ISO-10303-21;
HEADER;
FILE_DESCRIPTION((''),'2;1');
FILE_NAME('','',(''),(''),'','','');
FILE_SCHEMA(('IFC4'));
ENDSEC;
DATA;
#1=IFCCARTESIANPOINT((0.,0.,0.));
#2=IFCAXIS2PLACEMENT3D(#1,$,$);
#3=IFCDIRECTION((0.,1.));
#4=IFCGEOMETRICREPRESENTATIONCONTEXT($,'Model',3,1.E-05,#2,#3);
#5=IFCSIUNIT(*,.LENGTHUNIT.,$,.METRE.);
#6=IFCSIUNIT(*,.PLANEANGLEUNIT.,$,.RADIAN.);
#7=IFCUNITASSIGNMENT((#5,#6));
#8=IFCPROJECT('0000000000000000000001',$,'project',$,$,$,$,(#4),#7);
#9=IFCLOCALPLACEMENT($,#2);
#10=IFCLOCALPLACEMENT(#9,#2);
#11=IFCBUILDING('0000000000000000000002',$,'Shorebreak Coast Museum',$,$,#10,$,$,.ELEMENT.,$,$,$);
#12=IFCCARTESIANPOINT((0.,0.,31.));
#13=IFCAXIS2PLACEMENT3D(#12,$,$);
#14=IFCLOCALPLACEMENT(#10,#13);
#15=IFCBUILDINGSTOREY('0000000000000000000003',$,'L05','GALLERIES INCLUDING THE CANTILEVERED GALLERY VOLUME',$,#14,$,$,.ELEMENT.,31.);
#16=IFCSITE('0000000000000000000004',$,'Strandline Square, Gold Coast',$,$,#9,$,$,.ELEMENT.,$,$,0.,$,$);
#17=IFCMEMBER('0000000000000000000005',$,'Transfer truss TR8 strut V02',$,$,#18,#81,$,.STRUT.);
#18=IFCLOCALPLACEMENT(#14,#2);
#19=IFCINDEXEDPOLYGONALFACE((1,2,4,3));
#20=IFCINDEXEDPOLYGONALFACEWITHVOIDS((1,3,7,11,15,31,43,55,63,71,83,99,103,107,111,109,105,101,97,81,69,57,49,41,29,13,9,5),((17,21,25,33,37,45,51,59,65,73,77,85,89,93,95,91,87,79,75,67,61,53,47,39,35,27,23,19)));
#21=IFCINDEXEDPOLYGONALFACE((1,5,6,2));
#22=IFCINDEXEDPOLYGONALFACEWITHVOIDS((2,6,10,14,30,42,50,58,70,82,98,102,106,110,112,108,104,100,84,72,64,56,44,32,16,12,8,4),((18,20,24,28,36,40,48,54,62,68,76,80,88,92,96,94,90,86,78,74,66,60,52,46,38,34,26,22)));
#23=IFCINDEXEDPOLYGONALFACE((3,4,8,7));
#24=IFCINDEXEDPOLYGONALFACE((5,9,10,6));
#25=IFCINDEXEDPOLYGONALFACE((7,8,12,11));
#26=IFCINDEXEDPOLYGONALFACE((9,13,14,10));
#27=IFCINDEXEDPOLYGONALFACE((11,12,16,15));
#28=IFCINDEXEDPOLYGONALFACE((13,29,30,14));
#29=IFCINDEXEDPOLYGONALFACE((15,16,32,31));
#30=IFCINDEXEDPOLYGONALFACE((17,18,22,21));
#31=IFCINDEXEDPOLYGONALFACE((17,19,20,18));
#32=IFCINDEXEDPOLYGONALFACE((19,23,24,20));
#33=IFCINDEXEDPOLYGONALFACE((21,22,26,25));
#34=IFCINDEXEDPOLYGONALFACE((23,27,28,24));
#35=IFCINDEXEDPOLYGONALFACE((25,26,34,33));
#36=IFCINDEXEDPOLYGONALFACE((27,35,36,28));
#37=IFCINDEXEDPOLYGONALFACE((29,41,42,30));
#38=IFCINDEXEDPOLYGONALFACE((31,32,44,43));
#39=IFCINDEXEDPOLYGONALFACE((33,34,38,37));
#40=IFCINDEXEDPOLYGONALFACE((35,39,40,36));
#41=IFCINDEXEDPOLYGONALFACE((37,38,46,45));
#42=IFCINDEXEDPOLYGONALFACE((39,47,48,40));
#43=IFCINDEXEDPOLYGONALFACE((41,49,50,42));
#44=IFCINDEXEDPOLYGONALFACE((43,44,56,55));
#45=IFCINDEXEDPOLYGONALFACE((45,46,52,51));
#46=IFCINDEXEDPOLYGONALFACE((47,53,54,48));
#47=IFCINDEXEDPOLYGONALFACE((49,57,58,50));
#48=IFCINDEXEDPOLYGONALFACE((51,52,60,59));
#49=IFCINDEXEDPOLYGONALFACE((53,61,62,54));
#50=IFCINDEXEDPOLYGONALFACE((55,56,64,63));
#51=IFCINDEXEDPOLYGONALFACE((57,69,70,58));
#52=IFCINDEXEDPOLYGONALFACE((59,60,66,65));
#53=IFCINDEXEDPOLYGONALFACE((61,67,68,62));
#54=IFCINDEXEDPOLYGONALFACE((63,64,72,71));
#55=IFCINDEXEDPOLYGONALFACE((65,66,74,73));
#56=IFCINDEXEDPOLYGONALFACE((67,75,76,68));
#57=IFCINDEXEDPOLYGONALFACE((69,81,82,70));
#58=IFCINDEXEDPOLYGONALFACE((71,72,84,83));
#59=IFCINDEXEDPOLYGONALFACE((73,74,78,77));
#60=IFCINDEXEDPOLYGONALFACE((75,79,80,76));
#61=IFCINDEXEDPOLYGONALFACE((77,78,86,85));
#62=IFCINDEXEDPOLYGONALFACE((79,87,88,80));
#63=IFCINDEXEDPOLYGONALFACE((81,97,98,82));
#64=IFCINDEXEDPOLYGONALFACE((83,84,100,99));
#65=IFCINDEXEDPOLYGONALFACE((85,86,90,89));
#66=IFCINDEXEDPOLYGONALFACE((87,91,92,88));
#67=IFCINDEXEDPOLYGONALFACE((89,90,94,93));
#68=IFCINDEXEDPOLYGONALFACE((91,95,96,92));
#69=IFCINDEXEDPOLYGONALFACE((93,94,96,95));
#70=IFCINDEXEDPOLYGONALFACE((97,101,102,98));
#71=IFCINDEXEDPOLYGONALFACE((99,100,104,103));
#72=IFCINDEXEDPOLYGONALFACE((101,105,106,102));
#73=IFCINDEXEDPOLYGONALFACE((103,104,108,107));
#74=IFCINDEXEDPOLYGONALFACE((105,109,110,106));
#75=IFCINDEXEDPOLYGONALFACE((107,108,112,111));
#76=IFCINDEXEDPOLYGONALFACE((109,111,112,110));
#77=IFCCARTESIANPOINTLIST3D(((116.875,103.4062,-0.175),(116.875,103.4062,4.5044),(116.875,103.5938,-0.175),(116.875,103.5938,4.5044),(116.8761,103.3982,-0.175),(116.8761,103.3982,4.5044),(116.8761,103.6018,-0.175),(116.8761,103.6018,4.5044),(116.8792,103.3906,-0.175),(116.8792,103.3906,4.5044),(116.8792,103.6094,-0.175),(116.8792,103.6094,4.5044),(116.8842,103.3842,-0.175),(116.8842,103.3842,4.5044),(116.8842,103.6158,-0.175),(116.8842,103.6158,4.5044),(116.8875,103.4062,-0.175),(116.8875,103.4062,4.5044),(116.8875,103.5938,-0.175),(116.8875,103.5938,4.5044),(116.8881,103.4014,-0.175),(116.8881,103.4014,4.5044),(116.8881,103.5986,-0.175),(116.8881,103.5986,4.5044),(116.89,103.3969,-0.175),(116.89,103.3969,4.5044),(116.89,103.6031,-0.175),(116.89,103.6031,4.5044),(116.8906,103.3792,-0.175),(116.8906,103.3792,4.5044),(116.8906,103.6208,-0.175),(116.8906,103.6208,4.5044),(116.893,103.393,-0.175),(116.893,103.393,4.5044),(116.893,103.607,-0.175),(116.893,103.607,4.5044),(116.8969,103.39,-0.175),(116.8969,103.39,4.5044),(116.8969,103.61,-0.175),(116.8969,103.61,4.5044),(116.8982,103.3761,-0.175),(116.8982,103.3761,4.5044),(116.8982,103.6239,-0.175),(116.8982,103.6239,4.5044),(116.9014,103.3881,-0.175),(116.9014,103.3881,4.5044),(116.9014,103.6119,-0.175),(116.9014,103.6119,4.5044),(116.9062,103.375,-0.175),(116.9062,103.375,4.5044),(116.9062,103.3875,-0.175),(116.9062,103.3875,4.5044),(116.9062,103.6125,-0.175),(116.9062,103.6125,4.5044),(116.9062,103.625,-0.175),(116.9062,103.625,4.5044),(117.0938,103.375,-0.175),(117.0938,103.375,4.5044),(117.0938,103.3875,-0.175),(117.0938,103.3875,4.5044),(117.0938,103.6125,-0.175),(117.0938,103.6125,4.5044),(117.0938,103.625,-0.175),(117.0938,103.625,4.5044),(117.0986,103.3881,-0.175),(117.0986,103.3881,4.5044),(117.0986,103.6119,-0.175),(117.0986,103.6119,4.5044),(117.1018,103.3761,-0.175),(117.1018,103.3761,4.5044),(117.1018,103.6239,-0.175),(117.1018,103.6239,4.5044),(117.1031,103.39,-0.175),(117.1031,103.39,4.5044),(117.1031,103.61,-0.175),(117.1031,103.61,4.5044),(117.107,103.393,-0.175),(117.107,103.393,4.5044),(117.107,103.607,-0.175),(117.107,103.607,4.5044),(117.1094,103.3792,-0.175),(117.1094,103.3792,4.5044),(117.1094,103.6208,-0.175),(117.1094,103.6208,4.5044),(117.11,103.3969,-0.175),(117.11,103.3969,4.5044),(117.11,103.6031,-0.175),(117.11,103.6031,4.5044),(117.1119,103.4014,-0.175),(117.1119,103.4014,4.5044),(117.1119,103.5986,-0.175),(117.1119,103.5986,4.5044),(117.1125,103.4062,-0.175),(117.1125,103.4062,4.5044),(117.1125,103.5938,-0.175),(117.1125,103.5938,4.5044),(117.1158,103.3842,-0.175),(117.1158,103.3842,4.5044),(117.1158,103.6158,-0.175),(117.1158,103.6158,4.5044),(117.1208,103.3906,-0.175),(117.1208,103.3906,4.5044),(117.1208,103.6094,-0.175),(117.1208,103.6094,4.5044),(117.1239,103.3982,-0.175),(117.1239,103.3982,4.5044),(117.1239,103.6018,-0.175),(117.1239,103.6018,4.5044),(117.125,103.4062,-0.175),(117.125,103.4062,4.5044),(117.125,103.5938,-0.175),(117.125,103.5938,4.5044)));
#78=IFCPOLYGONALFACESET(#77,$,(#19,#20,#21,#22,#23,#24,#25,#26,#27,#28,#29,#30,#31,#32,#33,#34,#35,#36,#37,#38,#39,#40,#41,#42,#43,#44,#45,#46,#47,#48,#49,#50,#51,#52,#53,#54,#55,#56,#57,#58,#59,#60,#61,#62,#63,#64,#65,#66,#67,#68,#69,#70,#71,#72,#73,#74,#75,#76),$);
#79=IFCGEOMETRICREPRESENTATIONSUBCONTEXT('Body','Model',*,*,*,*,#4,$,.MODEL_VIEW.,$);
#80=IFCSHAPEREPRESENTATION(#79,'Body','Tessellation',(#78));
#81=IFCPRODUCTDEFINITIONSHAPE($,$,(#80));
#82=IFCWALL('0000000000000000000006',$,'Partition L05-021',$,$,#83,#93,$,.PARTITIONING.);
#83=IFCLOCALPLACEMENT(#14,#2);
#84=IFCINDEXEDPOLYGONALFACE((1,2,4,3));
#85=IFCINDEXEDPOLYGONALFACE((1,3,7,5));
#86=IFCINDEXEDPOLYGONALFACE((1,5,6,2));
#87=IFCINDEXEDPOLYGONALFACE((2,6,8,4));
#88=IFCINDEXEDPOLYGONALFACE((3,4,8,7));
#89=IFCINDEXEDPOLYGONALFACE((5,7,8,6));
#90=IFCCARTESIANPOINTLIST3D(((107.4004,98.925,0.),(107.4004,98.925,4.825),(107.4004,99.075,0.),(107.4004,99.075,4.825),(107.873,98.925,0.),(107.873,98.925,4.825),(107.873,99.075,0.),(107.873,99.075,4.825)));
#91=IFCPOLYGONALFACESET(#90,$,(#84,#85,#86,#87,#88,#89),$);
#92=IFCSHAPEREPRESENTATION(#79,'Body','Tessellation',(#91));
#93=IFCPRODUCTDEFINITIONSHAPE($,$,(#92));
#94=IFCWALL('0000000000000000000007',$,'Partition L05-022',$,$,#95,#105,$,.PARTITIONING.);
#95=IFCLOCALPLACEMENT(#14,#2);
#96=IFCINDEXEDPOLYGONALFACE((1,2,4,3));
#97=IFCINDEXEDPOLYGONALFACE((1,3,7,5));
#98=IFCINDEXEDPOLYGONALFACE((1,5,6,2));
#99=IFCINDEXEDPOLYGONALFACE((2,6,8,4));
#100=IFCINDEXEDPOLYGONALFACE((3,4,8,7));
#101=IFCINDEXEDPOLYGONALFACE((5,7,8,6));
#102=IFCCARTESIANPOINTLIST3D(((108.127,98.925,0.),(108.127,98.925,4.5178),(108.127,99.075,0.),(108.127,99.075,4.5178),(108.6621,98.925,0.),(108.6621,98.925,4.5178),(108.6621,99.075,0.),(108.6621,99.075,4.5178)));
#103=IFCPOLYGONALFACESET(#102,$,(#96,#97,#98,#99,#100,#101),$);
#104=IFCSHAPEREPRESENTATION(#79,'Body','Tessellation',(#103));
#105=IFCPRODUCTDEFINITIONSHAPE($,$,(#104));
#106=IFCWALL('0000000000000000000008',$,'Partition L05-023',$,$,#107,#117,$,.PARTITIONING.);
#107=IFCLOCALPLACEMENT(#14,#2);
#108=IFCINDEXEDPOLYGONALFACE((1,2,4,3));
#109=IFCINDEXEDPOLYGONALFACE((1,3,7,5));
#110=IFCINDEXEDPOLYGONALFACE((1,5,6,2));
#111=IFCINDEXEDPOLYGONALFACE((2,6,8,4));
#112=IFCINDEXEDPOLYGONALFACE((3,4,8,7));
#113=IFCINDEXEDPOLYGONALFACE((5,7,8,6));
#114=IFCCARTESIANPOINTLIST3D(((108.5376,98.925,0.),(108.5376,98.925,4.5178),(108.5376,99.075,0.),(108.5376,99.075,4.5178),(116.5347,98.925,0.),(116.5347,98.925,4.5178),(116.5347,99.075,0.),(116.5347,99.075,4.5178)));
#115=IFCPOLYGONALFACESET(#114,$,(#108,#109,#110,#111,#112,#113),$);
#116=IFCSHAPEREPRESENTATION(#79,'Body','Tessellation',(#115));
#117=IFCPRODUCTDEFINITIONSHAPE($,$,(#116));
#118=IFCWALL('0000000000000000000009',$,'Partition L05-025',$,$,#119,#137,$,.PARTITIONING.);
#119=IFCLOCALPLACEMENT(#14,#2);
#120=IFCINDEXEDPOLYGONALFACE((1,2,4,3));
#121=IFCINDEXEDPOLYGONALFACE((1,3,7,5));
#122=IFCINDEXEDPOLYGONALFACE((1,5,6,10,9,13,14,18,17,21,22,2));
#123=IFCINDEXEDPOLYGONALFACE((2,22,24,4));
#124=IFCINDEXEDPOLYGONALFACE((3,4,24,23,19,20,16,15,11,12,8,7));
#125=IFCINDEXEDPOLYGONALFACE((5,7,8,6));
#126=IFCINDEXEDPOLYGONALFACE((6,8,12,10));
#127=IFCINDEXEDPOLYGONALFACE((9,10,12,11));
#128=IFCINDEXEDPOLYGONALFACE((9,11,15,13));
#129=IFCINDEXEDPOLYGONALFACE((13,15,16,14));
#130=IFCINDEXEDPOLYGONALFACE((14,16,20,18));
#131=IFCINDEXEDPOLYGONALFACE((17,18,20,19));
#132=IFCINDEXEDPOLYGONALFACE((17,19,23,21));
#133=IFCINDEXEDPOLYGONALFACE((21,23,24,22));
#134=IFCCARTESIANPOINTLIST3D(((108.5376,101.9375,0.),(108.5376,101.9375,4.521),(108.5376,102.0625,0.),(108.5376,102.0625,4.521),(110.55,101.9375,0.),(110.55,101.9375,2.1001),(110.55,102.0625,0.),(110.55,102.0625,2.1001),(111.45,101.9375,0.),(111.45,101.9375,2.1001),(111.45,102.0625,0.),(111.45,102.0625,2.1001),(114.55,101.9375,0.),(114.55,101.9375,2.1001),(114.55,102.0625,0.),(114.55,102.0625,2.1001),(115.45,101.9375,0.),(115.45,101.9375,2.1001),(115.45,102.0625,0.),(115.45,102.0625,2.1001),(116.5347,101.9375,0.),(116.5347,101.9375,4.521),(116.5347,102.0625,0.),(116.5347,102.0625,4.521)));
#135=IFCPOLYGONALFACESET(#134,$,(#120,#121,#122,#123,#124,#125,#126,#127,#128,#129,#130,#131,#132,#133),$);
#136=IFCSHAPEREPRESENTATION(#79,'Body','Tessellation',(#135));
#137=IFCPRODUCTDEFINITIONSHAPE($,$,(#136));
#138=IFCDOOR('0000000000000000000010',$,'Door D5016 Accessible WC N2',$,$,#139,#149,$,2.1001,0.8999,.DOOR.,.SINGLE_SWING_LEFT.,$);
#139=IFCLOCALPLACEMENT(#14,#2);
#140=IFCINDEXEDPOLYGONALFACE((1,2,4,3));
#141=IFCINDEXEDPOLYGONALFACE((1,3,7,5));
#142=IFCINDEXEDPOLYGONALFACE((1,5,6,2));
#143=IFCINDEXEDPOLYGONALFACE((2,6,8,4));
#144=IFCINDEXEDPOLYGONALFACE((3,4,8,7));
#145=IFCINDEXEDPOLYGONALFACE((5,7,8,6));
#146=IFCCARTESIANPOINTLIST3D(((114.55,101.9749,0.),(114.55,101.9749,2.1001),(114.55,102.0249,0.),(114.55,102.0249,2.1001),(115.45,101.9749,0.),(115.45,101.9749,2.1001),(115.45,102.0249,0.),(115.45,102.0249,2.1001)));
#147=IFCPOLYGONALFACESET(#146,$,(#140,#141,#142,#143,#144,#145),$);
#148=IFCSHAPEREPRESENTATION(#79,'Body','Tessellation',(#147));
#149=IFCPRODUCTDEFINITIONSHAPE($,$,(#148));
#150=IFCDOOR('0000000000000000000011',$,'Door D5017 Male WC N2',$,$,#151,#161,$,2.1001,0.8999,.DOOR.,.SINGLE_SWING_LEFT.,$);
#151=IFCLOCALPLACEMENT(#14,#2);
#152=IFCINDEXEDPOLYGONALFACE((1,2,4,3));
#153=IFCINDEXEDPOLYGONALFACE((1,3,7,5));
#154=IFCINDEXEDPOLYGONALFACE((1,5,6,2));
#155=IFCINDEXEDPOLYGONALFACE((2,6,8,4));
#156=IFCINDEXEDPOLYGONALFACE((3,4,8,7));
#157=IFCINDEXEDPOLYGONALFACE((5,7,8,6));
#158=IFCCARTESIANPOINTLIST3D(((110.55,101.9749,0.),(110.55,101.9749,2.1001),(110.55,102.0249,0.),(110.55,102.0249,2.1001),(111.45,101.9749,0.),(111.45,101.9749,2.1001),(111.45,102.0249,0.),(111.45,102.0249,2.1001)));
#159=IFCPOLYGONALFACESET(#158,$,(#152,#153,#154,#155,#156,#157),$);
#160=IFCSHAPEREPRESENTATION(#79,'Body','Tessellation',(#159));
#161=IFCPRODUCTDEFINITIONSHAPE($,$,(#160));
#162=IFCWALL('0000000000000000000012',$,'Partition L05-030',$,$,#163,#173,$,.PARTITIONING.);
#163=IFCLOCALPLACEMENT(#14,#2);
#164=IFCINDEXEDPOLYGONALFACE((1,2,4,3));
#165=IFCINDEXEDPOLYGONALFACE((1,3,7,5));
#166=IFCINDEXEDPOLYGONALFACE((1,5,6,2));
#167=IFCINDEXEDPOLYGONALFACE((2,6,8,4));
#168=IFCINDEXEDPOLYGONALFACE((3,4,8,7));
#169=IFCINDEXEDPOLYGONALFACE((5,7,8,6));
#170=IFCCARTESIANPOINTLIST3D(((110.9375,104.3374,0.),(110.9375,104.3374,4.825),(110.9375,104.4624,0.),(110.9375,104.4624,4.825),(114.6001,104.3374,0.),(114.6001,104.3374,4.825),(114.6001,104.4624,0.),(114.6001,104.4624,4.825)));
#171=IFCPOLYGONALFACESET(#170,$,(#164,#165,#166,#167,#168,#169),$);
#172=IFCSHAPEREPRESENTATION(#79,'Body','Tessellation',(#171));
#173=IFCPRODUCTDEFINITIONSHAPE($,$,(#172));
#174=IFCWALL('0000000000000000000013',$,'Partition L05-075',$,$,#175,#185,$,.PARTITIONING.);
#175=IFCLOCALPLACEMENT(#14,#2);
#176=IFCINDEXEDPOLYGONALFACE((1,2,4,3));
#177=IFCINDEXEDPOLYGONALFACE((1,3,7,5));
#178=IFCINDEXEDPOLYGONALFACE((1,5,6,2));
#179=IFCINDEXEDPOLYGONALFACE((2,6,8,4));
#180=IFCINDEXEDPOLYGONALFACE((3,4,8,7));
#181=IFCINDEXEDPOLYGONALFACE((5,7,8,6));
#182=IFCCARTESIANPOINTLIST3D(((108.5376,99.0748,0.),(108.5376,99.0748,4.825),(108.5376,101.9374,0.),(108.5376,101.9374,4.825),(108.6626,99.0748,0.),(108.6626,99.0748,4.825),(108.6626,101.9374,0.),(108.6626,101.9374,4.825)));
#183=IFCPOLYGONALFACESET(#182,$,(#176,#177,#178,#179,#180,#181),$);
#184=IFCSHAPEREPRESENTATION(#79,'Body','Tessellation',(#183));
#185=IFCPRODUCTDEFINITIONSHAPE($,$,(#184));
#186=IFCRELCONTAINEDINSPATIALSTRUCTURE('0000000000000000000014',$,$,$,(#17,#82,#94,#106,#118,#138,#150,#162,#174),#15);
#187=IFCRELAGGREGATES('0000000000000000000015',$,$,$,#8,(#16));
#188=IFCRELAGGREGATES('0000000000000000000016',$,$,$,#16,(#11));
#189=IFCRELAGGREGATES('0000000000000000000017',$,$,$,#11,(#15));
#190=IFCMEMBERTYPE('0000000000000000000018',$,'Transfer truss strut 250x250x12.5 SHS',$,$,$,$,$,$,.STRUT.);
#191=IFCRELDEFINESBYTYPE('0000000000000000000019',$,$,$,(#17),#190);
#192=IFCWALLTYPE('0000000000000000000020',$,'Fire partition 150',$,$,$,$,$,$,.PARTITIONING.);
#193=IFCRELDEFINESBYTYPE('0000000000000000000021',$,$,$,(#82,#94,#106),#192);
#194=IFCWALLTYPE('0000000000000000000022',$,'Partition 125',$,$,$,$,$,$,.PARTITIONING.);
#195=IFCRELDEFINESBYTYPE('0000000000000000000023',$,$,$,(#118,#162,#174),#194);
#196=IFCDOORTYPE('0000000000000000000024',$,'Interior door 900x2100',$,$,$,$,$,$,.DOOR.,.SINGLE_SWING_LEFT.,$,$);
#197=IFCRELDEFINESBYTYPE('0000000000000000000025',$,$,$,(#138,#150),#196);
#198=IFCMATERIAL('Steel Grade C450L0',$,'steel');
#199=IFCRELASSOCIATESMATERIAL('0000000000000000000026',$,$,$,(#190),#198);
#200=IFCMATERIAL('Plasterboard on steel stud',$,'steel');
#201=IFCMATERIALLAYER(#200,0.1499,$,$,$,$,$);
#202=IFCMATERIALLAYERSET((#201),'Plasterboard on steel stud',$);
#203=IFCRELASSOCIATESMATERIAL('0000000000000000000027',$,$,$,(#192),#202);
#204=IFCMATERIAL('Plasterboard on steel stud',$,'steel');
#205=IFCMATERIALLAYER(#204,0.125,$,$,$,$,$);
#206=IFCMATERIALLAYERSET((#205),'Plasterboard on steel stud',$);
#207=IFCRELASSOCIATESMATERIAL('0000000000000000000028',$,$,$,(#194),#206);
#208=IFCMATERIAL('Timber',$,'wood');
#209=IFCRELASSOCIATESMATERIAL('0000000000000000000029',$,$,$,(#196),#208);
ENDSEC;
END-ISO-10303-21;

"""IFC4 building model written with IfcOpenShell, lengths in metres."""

from ifc_helpers import new_model, si_unit, direction, frame, frame_2d, origin, origin_2d, place, context, subcontext, project, spatial, rectangle, hollow_rectangle, extrude, material, layer, layer_set, material_profile, profile_set, type_object, element, fill, save


model = new_model("IFC4")

# Units and contexts
model_context = context("Model", 3, precision=1e-05, world=origin(), true_north=direction((0.0, 1.0)))
body_context = subcontext(model_context, "Body", "Model", "MODEL_VIEW")
ifc_project = project(units=[si_unit("LENGTHUNIT", "METRE"), si_unit("PLANEANGLEUNIT", "RADIAN")], contexts=[model_context])

# Site, building, storey
site_placement = place(None, origin())
site = spatial("IfcSite", under=ifc_project, at=site_placement, Name="Strandline Square, Gold Coast", CompositionType="ELEMENT", RefElevation=0.0)
building_placement = place(site_placement, origin())
building = spatial("IfcBuilding", under=site, at=building_placement, Name="Shorebreak Coast Museum", CompositionType="ELEMENT")
storey_placement = place(building_placement, frame((0.0, 0.0, 31.0)))
storey = spatial("IfcBuildingStorey", under=building, at=storey_placement, Name="L05", Description="GALLERIES INCLUDING THE CANTILEVERED GALLERY VOLUME", CompositionType="ELEMENT", Elevation=31.0)

# Member
ifc_material_1 = material(Name="Steel Grade C450L0", Category="steel")
ifc_material_profile_1 = material_profile(ifc_material_1, hollow_rectangle(XDim=0.25, YDim=0.25, WallThickness=0.0125, InnerFilletRadius=0.0188, OuterFilletRadius=0.0312, at=origin_2d()), Name="250x250x12.5 SHS")
ifc_profile_set_1 = profile_set([ifc_material_profile_1], Name="Steel Grade C450L0")
member_type_1 = type_object("IfcMemberType", Name="Transfer truss strut 250x250x12.5 SHS", PredefinedType="STRUT", material=ifc_profile_set_1)
for number, where, z_axis, x_axis, name in (
    (1, (117.0, 103.5, -0.175), (0.0, 0.0, 1.0), (1.0, 0.0, 0.0), "Transfer truss TR8 strut V02"),
):
    element("IfcMember", number, at=place(storey_placement, frame(where, z_axis=z_axis, x_axis=x_axis)), inside=storey, type_object=member_type_1, Name=name, PredefinedType="STRUT", context=body_context, shape_type="SweptSolid", body=[
        extrude(hollow_rectangle(XDim=0.25, YDim=0.25, WallThickness=0.0125, InnerFilletRadius=0.0188, OuterFilletRadius=0.0312, at=origin_2d()), origin(), (0.0, 0.0, 1.0), 4.6794),
    ])

# Walls
ifc_material_2 = material(Name="Plasterboard on steel stud", Category="steel")
ifc_layer_1 = layer(ifc_material_2, 0.1499)
ifc_layer_set_1 = layer_set([ifc_layer_1], Name="Plasterboard on steel stud")
wall_type_1 = type_object("IfcWallType", Name="Fire partition 150", PredefinedType="PARTITIONING", material=ifc_layer_set_1)
wall_1_placement = place(storey_placement, frame((107.4004, 99.0, 0.0), z_axis=(0.0, 0.0, 1.0), x_axis=(1.0, 0.0, 0.0)))
element("IfcWall", 2, at=wall_1_placement, inside=storey, type_object=wall_type_1, Name="Partition L05-021", PredefinedType="PARTITIONING", context=body_context, shape_type="SweptSolid", body=[
    extrude(rectangle(XDim=0.4727, YDim=0.1499, at=frame_2d((0.2363, 0.0))), origin(), (0.0, 0.0, 1.0), 4.825),
])
wall_2_placement = place(storey_placement, frame((108.127, 99.0, 0.0), z_axis=(0.0, 0.0, 1.0), x_axis=(1.0, 0.0, 0.0)))
element("IfcWall", 3, at=wall_2_placement, inside=storey, type_object=wall_type_1, Name="Partition L05-022", PredefinedType="PARTITIONING", context=body_context, shape_type="SweptSolid", body=[
    extrude(rectangle(XDim=0.5352, YDim=0.1499, at=frame_2d((0.2676, 0.0))), origin(), (0.0, 0.0, 1.0), 4.5178),
])
wall_3_placement = place(storey_placement, frame((108.5376, 99.0, 0.0), z_axis=(0.0, 0.0, 1.0), x_axis=(1.0, 0.0, 0.0)))
element("IfcWall", 4, at=wall_3_placement, inside=storey, type_object=wall_type_1, Name="Partition L05-023", PredefinedType="PARTITIONING", context=body_context, shape_type="SweptSolid", body=[
    extrude(rectangle(XDim=7.9971, YDim=0.1499, at=frame_2d((3.9985, 0.0))), origin(), (0.0, 0.0, 1.0), 4.5178),
])

# Wall, openings, doors
ifc_material_3 = material(Name="Plasterboard on steel stud", Category="steel")
ifc_layer_2 = layer(ifc_material_3, 0.125)
ifc_layer_set_2 = layer_set([ifc_layer_2], Name="Plasterboard on steel stud")
wall_type_2 = type_object("IfcWallType", Name="Partition 125", PredefinedType="PARTITIONING", material=ifc_layer_set_2)
wall_4_placement = place(storey_placement, frame((108.5376, 102.0, 0.0), z_axis=(0.0, 0.0, 1.0), x_axis=(1.0, 0.0, 0.0)))
wall_4 = element("IfcWall", 5, at=wall_4_placement, inside=storey, type_object=wall_type_2, Name="Partition L05-025", PredefinedType="PARTITIONING", context=body_context, shape_type="SweptSolid", body=[
    extrude(rectangle(XDim=7.9971, YDim=0.125, at=frame_2d((3.9985, 0.0))), origin(), (0.0, 0.0, 1.0), 4.521),
])
opening_1_placement = place(wall_4_placement, frame((6.0125, 0.0, 0.0)))
opening_1 = element("IfcOpeningElement", 6, at=opening_1_placement, cuts=wall_4, PredefinedType="OPENING", context=body_context, shape_type="SweptSolid", body=[
    extrude(rectangle(XDim=0.8999, YDim=2.1001, at=frame_2d((0.45, 1.05))), frame((0.0, 0.0725, 0.0), z_axis=(0.0, -1.0, 0.0), x_axis=(1.0, 0.0, 0.0)), (0.0, 0.0, 1.0), 0.145),
])
opening_2_placement = place(wall_4_placement, frame((2.0125, 0.0, 0.0)))
opening_2 = element("IfcOpeningElement", 7, at=opening_2_placement, cuts=wall_4, PredefinedType="OPENING", context=body_context, shape_type="SweptSolid", body=[
    extrude(rectangle(XDim=0.8999, YDim=2.1001, at=frame_2d((0.45, 1.05))), frame((0.0, 0.0725, 0.0), z_axis=(0.0, -1.0, 0.0), x_axis=(1.0, 0.0, 0.0)), (0.0, 0.0, 1.0), 0.145),
])
ifc_material_4 = material(Name="Timber", Category="wood")
door_type_1 = type_object("IfcDoorType", Name="Interior door 900x2100", OperationType="SINGLE_SWING_LEFT", PredefinedType="DOOR", material=ifc_material_4)
door_1_placement = place(opening_1_placement, origin())
door_1 = element("IfcDoor", 8, at=door_1_placement, inside=storey, type_object=door_type_1, Name="Door D5016 Accessible WC N2", OperationType="SINGLE_SWING_LEFT", OverallHeight=2.1001, OverallWidth=0.8999, PredefinedType="DOOR", context=body_context, shape_type="SweptSolid", body=[
    extrude(rectangle(XDim=0.8999, YDim=2.1001, at=frame_2d((0.45, 1.05))), frame((0.0, 0.0249, 0.0), z_axis=(0.0, -1.0, 0.0), x_axis=(1.0, 0.0, 0.0)), (0.0, 0.0, 1.0), 0.05),
])
fill(opening_1, door_1)
door_2_placement = place(opening_2_placement, origin())
door_2 = element("IfcDoor", 9, at=door_2_placement, inside=storey, type_object=door_type_1, Name="Door D5017 Male WC N2", OperationType="SINGLE_SWING_LEFT", OverallHeight=2.1001, OverallWidth=0.8999, PredefinedType="DOOR", context=body_context, shape_type="SweptSolid", body=[
    extrude(rectangle(XDim=0.8999, YDim=2.1001, at=frame_2d((0.45, 1.05))), frame((0.0, 0.0249, 0.0), z_axis=(0.0, -1.0, 0.0), x_axis=(1.0, 0.0, 0.0)), (0.0, 0.0, 1.0), 0.05),
])
fill(opening_2, door_2)

# Walls
wall_5_placement = place(storey_placement, frame((110.9375, 104.3999, 0.0), z_axis=(0.0, 0.0, 1.0), x_axis=(1.0, 0.0, 0.0)))
element("IfcWall", 10, at=wall_5_placement, inside=storey, type_object=wall_type_2, Name="Partition L05-030", PredefinedType="PARTITIONING", context=body_context, shape_type="SweptSolid", body=[
    extrude(rectangle(XDim=3.6626, YDim=0.125, at=frame_2d((1.8313, 0.0))), origin(), (0.0, 0.0, 1.0), 4.825),
])
wall_6_placement = place(storey_placement, frame((108.6001, 99.075, 0.0), z_axis=(0.0, 0.0, 1.0), x_axis=(0.0, 1.0, 0.0)))
element("IfcWall", 11, at=wall_6_placement, inside=storey, type_object=wall_type_2, Name="Partition L05-075", PredefinedType="PARTITIONING", context=body_context, shape_type="SweptSolid", body=[
    extrude(rectangle(XDim=2.8625, YDim=0.125, at=frame_2d((1.4312, 0.0))), origin(), (0.0, 0.0, 1.0), 4.825),
])

save(model, "model.ifc")
